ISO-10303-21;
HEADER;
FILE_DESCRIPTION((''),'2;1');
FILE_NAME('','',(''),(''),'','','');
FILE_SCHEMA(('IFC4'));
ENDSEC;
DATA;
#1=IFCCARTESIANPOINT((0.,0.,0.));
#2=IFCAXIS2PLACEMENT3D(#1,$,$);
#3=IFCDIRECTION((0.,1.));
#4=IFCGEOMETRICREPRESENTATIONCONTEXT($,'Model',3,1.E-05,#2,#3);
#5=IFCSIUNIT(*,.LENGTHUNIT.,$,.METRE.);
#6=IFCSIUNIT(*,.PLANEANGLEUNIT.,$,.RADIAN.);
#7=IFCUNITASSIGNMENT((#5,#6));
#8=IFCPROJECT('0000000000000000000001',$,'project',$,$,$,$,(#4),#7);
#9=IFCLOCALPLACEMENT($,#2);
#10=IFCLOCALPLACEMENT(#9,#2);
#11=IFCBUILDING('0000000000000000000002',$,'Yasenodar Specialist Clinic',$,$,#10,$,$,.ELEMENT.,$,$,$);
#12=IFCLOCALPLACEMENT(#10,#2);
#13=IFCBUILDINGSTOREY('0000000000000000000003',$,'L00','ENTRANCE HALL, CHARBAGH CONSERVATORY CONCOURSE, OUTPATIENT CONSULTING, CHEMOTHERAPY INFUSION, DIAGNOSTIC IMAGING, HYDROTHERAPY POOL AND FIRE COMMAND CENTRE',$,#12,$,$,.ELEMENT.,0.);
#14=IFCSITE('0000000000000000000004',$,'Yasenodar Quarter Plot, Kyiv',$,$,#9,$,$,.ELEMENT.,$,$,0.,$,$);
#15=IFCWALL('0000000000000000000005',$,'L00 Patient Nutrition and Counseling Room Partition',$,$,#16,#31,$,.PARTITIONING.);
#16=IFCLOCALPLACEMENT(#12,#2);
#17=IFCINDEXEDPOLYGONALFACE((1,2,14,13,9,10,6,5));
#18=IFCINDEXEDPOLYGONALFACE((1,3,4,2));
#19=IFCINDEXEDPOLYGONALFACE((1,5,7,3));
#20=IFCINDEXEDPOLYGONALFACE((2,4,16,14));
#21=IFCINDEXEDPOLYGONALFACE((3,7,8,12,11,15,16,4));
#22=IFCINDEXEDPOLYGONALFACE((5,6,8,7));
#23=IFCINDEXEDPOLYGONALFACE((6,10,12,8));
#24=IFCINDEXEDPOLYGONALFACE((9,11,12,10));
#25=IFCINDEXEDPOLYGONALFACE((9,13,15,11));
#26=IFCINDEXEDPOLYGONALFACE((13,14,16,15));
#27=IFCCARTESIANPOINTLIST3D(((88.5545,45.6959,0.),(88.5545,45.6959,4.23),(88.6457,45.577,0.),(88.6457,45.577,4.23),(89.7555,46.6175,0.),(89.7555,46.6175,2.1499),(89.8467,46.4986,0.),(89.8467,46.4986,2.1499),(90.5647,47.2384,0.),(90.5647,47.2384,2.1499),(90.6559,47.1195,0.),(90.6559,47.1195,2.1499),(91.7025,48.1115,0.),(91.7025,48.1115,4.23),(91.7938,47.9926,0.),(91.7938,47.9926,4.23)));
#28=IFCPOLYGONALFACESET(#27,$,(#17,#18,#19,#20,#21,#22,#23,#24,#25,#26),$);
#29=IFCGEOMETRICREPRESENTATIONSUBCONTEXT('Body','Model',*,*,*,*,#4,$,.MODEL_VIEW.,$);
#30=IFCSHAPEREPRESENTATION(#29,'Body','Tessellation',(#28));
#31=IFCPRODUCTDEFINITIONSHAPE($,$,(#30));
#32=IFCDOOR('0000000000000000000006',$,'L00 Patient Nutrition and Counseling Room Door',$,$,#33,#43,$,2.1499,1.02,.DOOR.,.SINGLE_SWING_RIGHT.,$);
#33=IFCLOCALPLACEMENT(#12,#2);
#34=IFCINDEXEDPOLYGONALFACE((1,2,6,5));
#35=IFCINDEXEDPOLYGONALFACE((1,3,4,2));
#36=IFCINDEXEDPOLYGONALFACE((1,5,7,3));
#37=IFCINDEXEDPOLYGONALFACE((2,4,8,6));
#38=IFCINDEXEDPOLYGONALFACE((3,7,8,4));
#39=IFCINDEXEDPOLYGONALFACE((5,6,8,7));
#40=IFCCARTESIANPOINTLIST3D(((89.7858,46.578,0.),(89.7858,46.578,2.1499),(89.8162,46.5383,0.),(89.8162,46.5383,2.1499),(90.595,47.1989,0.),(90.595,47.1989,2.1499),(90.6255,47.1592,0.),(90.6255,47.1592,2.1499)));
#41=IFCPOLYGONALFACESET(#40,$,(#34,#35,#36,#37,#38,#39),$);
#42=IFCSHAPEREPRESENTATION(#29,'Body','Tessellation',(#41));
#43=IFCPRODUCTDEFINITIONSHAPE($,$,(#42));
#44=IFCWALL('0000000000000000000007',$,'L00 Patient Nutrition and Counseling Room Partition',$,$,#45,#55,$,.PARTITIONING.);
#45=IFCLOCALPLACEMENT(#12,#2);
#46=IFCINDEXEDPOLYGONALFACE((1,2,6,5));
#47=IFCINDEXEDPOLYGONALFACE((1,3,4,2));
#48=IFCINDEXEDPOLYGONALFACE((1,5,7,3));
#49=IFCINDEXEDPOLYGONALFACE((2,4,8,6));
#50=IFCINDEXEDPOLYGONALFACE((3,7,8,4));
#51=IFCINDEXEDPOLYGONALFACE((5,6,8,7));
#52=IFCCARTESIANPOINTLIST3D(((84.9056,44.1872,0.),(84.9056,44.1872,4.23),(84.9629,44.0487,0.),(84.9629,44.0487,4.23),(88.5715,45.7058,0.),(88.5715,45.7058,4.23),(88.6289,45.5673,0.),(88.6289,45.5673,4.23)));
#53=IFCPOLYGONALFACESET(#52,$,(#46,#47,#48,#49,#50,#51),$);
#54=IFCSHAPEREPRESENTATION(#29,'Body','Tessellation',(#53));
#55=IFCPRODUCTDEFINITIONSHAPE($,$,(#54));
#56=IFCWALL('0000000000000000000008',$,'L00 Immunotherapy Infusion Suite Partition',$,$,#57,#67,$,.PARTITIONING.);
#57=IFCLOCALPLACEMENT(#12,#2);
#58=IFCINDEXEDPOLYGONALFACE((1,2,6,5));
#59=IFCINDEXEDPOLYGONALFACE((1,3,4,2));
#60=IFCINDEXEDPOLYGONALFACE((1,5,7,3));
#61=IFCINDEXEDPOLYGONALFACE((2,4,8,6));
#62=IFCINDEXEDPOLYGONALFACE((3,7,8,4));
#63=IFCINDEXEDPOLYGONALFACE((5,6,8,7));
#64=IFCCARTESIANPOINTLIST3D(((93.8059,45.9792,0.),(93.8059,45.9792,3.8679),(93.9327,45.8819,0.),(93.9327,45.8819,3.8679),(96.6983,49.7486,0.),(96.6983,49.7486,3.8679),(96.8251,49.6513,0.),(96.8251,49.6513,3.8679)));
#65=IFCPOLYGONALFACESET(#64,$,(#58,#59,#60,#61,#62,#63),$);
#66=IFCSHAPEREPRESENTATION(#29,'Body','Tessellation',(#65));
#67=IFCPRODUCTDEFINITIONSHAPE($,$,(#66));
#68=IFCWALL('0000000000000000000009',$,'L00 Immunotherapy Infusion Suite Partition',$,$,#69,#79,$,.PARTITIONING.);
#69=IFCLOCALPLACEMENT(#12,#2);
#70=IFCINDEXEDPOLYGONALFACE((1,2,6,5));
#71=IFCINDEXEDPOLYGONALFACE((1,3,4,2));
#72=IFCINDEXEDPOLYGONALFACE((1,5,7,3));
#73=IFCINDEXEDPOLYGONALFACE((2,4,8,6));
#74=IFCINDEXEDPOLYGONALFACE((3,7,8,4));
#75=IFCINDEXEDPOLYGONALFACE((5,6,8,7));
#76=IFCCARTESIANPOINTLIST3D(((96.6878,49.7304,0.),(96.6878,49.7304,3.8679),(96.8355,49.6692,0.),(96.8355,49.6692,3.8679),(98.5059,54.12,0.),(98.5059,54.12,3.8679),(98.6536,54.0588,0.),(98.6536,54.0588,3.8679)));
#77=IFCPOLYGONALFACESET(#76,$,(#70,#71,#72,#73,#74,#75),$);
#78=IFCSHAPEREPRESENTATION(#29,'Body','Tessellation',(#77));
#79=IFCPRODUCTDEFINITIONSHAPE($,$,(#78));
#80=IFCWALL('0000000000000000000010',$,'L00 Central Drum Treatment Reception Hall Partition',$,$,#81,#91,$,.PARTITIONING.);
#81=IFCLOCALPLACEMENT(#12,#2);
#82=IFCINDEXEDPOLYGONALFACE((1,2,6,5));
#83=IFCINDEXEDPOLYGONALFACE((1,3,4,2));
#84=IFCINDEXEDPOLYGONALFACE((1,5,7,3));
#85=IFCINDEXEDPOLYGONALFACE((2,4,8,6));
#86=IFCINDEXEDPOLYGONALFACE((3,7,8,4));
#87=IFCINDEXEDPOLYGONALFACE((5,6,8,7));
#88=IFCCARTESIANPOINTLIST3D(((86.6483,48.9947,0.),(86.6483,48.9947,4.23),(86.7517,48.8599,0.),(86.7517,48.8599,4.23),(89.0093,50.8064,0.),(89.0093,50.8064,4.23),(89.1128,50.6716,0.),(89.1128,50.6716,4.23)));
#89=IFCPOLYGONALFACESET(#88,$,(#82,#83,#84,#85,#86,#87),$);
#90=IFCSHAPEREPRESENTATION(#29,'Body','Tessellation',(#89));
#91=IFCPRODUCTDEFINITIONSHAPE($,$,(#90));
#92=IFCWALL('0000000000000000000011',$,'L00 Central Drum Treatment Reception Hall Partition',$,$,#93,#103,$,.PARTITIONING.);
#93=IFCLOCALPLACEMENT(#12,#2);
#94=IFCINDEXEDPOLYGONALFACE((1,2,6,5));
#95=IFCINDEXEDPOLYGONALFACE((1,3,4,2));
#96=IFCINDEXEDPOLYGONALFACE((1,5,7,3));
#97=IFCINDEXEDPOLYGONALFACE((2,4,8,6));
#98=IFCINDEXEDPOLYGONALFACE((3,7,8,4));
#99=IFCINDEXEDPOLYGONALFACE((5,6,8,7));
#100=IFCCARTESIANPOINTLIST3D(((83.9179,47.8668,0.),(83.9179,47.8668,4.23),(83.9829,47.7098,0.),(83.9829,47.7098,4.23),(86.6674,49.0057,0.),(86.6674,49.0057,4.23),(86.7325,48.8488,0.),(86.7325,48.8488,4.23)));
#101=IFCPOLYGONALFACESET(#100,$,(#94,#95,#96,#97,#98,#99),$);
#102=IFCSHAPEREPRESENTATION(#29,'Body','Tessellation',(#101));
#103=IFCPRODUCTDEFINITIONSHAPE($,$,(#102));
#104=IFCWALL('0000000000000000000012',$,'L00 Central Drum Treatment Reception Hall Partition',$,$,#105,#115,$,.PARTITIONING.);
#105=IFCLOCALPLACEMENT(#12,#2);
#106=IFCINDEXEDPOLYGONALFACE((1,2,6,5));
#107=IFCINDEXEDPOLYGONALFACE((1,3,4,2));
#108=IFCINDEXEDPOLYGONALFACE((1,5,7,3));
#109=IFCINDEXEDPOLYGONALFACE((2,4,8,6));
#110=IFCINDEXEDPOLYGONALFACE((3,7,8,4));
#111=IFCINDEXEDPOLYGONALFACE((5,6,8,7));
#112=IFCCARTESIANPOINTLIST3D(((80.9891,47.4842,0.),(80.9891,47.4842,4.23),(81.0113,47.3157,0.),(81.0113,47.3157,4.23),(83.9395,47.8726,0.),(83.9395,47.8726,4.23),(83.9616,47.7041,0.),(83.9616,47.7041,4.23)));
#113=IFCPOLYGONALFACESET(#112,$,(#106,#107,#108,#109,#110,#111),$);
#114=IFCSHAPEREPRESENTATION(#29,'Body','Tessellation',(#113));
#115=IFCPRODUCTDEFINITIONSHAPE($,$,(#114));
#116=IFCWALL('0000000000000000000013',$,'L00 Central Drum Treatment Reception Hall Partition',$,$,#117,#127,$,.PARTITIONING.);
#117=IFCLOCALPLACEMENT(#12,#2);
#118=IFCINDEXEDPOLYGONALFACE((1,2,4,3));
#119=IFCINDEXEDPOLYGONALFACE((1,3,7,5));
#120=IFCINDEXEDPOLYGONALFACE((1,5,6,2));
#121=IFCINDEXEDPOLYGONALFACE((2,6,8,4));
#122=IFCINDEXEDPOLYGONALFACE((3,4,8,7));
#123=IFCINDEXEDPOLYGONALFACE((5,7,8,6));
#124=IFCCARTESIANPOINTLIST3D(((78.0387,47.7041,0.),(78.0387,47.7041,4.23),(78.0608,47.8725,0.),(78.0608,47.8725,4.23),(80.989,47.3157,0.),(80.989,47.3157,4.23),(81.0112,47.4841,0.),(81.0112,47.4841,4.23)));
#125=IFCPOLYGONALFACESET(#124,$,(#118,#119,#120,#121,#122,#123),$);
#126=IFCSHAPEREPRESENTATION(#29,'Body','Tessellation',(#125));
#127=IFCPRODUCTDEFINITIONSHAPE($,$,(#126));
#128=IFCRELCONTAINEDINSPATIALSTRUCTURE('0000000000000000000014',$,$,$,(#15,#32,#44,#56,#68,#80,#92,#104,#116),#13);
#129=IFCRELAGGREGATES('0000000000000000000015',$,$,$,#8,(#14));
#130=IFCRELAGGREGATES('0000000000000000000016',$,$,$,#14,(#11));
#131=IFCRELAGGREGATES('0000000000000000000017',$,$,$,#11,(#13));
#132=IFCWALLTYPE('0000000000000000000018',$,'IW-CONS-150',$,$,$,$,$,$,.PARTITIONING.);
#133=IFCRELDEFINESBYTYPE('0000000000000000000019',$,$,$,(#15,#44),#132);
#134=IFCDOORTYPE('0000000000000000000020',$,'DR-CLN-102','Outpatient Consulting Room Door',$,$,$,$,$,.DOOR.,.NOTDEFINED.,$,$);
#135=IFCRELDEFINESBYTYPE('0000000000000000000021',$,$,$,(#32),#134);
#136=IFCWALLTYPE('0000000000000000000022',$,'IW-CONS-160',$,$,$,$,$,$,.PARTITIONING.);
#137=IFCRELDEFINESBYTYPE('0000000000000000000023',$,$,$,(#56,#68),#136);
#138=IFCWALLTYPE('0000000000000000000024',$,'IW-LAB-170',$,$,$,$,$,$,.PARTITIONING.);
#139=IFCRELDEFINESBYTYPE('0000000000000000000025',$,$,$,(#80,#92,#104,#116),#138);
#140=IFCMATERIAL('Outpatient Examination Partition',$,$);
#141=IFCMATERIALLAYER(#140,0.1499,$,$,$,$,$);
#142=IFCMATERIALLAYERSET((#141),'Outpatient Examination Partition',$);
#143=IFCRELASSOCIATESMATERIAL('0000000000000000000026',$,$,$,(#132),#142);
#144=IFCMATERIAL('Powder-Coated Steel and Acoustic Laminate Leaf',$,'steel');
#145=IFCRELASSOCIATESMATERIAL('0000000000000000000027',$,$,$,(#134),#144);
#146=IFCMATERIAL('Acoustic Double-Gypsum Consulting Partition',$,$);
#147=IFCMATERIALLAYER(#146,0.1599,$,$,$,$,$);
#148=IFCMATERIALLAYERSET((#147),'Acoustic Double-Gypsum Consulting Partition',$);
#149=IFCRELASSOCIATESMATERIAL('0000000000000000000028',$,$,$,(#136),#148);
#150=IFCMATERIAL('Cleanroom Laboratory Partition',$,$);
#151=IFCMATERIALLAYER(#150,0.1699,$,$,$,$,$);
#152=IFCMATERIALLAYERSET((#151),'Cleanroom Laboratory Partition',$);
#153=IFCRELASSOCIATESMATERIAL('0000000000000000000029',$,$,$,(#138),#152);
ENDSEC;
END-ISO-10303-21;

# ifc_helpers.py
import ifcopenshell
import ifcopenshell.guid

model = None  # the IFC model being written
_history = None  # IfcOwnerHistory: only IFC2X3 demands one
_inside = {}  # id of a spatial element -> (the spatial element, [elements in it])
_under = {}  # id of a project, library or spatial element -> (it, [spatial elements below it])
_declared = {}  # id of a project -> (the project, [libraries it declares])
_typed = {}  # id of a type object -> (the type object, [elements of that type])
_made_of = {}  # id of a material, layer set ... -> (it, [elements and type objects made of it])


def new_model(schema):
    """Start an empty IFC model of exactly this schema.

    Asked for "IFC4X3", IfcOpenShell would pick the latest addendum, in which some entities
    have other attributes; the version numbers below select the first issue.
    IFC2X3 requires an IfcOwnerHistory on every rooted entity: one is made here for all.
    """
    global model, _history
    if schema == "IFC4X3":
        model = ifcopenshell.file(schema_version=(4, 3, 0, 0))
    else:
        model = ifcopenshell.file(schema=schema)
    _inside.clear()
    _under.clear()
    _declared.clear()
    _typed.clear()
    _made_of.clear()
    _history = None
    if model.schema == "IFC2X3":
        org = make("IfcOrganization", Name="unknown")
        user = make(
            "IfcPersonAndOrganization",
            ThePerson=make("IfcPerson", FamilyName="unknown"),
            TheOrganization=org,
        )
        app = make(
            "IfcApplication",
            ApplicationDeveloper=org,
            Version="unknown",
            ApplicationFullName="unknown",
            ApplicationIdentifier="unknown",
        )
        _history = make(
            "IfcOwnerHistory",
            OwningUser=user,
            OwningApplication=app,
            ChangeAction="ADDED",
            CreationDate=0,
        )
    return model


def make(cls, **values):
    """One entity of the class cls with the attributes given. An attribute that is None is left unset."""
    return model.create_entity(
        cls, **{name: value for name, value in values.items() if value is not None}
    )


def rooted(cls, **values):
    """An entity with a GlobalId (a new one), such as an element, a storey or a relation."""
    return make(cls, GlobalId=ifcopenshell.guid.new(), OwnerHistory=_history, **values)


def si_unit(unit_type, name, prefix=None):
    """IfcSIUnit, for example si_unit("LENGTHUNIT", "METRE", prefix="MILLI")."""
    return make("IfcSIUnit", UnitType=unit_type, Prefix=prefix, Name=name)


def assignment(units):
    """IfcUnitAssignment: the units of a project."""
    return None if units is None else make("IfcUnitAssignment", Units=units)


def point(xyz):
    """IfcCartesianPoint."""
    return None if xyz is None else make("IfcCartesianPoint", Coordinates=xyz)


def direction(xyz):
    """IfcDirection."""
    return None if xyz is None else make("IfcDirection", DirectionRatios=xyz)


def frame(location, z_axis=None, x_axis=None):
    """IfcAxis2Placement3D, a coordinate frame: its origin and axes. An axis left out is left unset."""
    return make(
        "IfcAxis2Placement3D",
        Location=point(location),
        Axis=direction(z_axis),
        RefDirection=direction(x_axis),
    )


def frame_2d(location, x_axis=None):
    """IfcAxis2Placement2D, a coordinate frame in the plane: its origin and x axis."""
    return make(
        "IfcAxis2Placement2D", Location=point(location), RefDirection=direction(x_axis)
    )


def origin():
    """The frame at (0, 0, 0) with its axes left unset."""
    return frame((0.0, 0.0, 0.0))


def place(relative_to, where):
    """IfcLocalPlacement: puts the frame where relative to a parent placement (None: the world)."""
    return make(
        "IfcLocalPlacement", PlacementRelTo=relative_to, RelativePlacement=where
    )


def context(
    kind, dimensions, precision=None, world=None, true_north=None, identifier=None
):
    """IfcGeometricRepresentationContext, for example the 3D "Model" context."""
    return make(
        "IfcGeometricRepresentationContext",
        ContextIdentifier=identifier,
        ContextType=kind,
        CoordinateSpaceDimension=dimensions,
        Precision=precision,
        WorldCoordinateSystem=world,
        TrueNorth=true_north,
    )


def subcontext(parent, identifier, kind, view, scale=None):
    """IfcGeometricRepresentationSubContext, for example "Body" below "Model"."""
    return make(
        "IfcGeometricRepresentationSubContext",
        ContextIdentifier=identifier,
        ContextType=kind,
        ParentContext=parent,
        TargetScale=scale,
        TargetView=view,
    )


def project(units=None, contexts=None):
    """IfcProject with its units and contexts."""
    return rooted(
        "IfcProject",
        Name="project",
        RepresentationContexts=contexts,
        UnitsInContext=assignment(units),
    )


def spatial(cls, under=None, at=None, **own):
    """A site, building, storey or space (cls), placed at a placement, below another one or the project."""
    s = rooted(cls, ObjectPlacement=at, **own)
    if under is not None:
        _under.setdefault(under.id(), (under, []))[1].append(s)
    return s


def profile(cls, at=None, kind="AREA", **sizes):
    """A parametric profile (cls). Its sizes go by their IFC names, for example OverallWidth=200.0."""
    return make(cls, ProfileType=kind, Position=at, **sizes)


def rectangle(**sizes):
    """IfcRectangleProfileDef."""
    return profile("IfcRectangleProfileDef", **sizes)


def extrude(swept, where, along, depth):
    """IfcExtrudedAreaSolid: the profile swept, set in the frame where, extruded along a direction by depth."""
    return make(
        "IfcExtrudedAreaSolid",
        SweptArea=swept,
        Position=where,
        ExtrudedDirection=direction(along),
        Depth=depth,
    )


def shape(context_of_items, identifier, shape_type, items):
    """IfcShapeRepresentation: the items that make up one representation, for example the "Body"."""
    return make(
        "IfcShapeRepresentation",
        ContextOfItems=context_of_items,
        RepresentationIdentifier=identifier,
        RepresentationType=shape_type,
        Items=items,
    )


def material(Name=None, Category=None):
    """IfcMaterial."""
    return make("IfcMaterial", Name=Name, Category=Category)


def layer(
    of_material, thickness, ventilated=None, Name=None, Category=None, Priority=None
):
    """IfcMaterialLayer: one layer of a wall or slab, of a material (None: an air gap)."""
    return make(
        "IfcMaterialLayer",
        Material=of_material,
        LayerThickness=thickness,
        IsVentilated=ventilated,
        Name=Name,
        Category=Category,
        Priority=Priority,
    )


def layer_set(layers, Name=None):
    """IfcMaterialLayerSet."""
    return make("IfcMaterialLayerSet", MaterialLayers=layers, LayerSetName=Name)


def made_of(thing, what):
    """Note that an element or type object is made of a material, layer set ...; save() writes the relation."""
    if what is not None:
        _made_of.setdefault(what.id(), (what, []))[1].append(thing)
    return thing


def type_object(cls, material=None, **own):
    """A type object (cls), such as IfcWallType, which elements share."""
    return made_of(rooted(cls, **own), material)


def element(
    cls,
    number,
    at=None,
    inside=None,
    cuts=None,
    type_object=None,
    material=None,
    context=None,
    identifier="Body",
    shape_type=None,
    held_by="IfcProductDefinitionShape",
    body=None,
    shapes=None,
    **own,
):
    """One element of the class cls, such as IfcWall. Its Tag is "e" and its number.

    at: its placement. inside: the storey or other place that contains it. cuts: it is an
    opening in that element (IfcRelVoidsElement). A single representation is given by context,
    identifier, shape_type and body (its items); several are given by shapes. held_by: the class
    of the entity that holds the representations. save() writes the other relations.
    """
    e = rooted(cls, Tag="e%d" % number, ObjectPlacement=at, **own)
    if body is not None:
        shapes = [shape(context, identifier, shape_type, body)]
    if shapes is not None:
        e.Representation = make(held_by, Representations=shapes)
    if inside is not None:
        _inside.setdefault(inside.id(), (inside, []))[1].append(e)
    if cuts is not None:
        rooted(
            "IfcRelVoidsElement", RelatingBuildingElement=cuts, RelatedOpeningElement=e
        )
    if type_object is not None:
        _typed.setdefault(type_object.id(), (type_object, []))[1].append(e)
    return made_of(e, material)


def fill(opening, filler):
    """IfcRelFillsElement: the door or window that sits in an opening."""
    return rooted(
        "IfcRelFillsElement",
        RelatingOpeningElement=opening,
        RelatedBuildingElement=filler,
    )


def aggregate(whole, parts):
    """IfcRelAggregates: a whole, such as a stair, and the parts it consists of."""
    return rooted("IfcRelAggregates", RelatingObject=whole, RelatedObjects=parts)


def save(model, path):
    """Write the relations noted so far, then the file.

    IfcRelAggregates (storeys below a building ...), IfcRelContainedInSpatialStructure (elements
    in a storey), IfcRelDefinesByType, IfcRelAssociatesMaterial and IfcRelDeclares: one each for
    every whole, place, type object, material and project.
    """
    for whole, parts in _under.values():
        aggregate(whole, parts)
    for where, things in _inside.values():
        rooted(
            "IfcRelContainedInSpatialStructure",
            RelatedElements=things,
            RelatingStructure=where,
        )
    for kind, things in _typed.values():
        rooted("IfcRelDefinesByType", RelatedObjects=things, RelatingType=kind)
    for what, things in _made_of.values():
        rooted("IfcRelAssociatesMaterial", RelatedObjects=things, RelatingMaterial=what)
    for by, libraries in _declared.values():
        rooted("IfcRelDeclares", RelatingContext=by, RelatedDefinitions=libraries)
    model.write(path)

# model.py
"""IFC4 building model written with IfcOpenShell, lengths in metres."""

from ifc_helpers import new_model, si_unit, direction, frame, frame_2d, origin, place, context, subcontext, project, spatial, rectangle, extrude, material, layer, layer_set, type_object, element, fill, save


model = new_model("IFC4")

# Units and contexts
model_context = context("Model", 3, precision=1e-05, world=origin(), true_north=direction((0.0, 1.0)))
body_context = subcontext(model_context, "Body", "Model", "MODEL_VIEW")
ifc_project = project(units=[si_unit("LENGTHUNIT", "METRE"), si_unit("PLANEANGLEUNIT", "RADIAN")], contexts=[model_context])

# Site, building, storey
site_placement = place(None, origin())
site = spatial("IfcSite", under=ifc_project, at=site_placement, Name="Yasenodar Quarter Plot, Kyiv", CompositionType="ELEMENT", RefElevation=0.0)
building_placement = place(site_placement, origin())
building = spatial("IfcBuilding", under=site, at=building_placement, Name="Yasenodar Specialist Clinic", CompositionType="ELEMENT")
storey_placement = place(building_placement, origin())
storey = spatial("IfcBuildingStorey", under=building, at=storey_placement, Name="L00", Description="ENTRANCE HALL, CHARBAGH CONSERVATORY CONCOURSE, OUTPATIENT CONSULTING, CHEMOTHERAPY INFUSION, DIAGNOSTIC IMAGING, HYDROTHERAPY POOL AND FIRE COMMAND CENTRE", CompositionType="ELEMENT", Elevation=0.0)

# Wall, opening, door
ifc_material_1 = material(Name="Outpatient Examination Partition")
ifc_layer_1 = layer(ifc_material_1, 0.1499)
ifc_layer_set_1 = layer_set([ifc_layer_1], Name="Outpatient Examination Partition")
wall_type_1 = type_object("IfcWallType", Name="IW-CONS-150", PredefinedType="PARTITIONING", material=ifc_layer_set_1)
wall_1_placement = place(storey_placement, frame((91.748, 48.052, 0.0), z_axis=(0.0, 0.0, 1.0), x_axis=(-0.793351, -0.608765, 0.0)))
wall_1 = element("IfcWall", 1, at=wall_1_placement, inside=storey, type_object=wall_type_1, Name="L00 Patient Nutrition and Counseling Room Partition", PredefinedType="PARTITIONING", context=body_context, shape_type="SweptSolid", body=[
    extrude(rectangle(XDim=3.968, YDim=0.1499, at=frame_2d((1.9839, 0.0))), origin(), (0.0, 0.0, 1.0), 4.23),
])
opening_placement = place(wall_1_placement, frame((1.4341, 0.0, 0.0)))
opening = element("IfcOpeningElement", 2, at=opening_placement, cuts=wall_1, PredefinedType="OPENING", context=body_context, shape_type="SweptSolid", body=[
    extrude(rectangle(XDim=1.02, YDim=2.1499, at=frame_2d((0.51, 1.075))), frame((0.0, 0.085, 0.0), z_axis=(0.0, -1.0, 0.0), x_axis=(1.0, 0.0, 0.0)), (0.0, 0.0, 1.0), 0.1699),
])
ifc_material_2 = material(Name="Powder-Coated Steel and Acoustic Laminate Leaf", Category="steel")
door_type = type_object("IfcDoorType", Name="DR-CLN-102", Description="Outpatient Consulting Room Door", OperationType="NOTDEFINED", PredefinedType="DOOR", material=ifc_material_2)
door_placement = place(opening_placement, origin())
door = element("IfcDoor", 3, at=door_placement, inside=storey, type_object=door_type, Name="L00 Patient Nutrition and Counseling Room Door", OperationType="SINGLE_SWING_RIGHT", OverallHeight=2.1499, OverallWidth=1.02, PredefinedType="DOOR", context=body_context, shape_type="SweptSolid", body=[
    extrude(rectangle(XDim=1.02, YDim=2.1499, at=frame_2d((0.51, 1.075))), frame((0.0, 0.0249, 0.0), z_axis=(0.0, -1.0, 0.0), x_axis=(1.0, 0.0, 0.0)), (0.0, 0.0, 1.0), 0.05),
])
fill(opening, door)

# Walls
wall_2_placement = place(storey_placement, frame((88.6001, 45.6365, 0.0), z_axis=(0.0, 0.0, 1.0), x_axis=(-0.923876, -0.382692, 0.0)))
element("IfcWall", 4, at=wall_2_placement, inside=storey, type_object=wall_type_1, Name="L00 Patient Nutrition and Counseling Room Partition", PredefinedType="PARTITIONING", context=body_context, shape_type="SweptSolid", body=[
    extrude(rectangle(XDim=3.968, YDim=0.1499, at=frame_2d((1.9839, 0.0))), origin(), (0.0, 0.0, 1.0), 4.23),
])
ifc_material_3 = material(Name="Acoustic Double-Gypsum Consulting Partition")
ifc_layer_2 = layer(ifc_material_3, 0.1599)
ifc_layer_set_2 = layer_set([ifc_layer_2], Name="Acoustic Double-Gypsum Consulting Partition")
wall_type_2 = type_object("IfcWallType", Name="IW-CONS-160", PredefinedType="PARTITIONING", material=ifc_layer_set_2)
for number, where, z_axis, x_axis, name in (
    (5, (93.8694, 45.9307, 0.0), (0.0, 0.0, 1.0), (0.608769, 0.793347, 0.0), "L00 Immunotherapy Infusion Suite Partition"),
    (6, (96.7617, 49.7, 0.0), (0.0, 0.0, 1.0), (0.382659, 0.92389, 0.0), "L00 Immunotherapy Infusion Suite Partition"),
):
    element("IfcWall", number, at=place(storey_placement, frame(where, z_axis=z_axis, x_axis=x_axis)), inside=storey, type_object=wall_type_2, Name=name, PredefinedType="PARTITIONING", context=body_context, shape_type="SweptSolid", body=[
        extrude(rectangle(XDim=4.7512, YDim=0.1599, at=frame_2d((2.3755, 0.0))), origin(), (0.0, 0.0, 1.0), 3.8679),
    ])
ifc_material_4 = material(Name="Cleanroom Laboratory Partition")
ifc_layer_3 = layer(ifc_material_4, 0.1699)
ifc_layer_set_3 = layer_set([ifc_layer_3], Name="Cleanroom Laboratory Partition")
wall_type_3 = type_object("IfcWallType", Name="IW-LAB-170", PredefinedType="PARTITIONING", material=ifc_layer_set_3)
for number, where, z_axis, x_axis, name in (
    (7, (89.061, 50.739, 0.0), (0.0, 0.0, 1.0), (-0.793346, -0.608771, 0.0), "L00 Central Drum Treatment Reception Hall Partition"),
    (8, (86.7, 48.9272, 0.0), (0.0, 0.0, 1.0), (-0.923876, -0.382692, 0.0), "L00 Central Drum Treatment Reception Hall Partition"),
):
    element("IfcWall", number, at=place(storey_placement, frame(where, z_axis=z_axis, x_axis=x_axis)), inside=storey, type_object=wall_type_3, Name=name, PredefinedType="PARTITIONING", context=body_context, shape_type="SweptSolid", body=[
        extrude(rectangle(XDim=2.9761, YDim=0.1699, at=frame_2d((1.488, 0.0))), origin(), (0.0, 0.0, 1.0), 4.23),
    ])
for number, where, z_axis, x_axis, name in (
    (9, (83.9504, 47.7883, 0.0), (0.0, 0.0, 1.0), (-0.991445, -0.130525, 0.0), "L00 Central Drum Treatment Reception Hall Partition"),
    (10, (81.0, 47.3999, 0.0), (0.0, 0.0, 1.0), (-0.991445, 0.130525, 0.0), "L00 Central Drum Treatment Reception Hall Partition"),
):
    element("IfcWall", number, at=place(storey_placement, frame(where, z_axis=z_axis, x_axis=x_axis)), inside=storey, type_object=wall_type_3, Name=name, PredefinedType="PARTITIONING", context=body_context, shape_type="SweptSolid", body=[
        extrude(rectangle(XDim=2.9758, YDim=0.1699, at=frame_2d((1.4878, 0.0))), origin(), (0.0, 0.0, 1.0), 4.23),
    ])

save(model, "model.ifc")
